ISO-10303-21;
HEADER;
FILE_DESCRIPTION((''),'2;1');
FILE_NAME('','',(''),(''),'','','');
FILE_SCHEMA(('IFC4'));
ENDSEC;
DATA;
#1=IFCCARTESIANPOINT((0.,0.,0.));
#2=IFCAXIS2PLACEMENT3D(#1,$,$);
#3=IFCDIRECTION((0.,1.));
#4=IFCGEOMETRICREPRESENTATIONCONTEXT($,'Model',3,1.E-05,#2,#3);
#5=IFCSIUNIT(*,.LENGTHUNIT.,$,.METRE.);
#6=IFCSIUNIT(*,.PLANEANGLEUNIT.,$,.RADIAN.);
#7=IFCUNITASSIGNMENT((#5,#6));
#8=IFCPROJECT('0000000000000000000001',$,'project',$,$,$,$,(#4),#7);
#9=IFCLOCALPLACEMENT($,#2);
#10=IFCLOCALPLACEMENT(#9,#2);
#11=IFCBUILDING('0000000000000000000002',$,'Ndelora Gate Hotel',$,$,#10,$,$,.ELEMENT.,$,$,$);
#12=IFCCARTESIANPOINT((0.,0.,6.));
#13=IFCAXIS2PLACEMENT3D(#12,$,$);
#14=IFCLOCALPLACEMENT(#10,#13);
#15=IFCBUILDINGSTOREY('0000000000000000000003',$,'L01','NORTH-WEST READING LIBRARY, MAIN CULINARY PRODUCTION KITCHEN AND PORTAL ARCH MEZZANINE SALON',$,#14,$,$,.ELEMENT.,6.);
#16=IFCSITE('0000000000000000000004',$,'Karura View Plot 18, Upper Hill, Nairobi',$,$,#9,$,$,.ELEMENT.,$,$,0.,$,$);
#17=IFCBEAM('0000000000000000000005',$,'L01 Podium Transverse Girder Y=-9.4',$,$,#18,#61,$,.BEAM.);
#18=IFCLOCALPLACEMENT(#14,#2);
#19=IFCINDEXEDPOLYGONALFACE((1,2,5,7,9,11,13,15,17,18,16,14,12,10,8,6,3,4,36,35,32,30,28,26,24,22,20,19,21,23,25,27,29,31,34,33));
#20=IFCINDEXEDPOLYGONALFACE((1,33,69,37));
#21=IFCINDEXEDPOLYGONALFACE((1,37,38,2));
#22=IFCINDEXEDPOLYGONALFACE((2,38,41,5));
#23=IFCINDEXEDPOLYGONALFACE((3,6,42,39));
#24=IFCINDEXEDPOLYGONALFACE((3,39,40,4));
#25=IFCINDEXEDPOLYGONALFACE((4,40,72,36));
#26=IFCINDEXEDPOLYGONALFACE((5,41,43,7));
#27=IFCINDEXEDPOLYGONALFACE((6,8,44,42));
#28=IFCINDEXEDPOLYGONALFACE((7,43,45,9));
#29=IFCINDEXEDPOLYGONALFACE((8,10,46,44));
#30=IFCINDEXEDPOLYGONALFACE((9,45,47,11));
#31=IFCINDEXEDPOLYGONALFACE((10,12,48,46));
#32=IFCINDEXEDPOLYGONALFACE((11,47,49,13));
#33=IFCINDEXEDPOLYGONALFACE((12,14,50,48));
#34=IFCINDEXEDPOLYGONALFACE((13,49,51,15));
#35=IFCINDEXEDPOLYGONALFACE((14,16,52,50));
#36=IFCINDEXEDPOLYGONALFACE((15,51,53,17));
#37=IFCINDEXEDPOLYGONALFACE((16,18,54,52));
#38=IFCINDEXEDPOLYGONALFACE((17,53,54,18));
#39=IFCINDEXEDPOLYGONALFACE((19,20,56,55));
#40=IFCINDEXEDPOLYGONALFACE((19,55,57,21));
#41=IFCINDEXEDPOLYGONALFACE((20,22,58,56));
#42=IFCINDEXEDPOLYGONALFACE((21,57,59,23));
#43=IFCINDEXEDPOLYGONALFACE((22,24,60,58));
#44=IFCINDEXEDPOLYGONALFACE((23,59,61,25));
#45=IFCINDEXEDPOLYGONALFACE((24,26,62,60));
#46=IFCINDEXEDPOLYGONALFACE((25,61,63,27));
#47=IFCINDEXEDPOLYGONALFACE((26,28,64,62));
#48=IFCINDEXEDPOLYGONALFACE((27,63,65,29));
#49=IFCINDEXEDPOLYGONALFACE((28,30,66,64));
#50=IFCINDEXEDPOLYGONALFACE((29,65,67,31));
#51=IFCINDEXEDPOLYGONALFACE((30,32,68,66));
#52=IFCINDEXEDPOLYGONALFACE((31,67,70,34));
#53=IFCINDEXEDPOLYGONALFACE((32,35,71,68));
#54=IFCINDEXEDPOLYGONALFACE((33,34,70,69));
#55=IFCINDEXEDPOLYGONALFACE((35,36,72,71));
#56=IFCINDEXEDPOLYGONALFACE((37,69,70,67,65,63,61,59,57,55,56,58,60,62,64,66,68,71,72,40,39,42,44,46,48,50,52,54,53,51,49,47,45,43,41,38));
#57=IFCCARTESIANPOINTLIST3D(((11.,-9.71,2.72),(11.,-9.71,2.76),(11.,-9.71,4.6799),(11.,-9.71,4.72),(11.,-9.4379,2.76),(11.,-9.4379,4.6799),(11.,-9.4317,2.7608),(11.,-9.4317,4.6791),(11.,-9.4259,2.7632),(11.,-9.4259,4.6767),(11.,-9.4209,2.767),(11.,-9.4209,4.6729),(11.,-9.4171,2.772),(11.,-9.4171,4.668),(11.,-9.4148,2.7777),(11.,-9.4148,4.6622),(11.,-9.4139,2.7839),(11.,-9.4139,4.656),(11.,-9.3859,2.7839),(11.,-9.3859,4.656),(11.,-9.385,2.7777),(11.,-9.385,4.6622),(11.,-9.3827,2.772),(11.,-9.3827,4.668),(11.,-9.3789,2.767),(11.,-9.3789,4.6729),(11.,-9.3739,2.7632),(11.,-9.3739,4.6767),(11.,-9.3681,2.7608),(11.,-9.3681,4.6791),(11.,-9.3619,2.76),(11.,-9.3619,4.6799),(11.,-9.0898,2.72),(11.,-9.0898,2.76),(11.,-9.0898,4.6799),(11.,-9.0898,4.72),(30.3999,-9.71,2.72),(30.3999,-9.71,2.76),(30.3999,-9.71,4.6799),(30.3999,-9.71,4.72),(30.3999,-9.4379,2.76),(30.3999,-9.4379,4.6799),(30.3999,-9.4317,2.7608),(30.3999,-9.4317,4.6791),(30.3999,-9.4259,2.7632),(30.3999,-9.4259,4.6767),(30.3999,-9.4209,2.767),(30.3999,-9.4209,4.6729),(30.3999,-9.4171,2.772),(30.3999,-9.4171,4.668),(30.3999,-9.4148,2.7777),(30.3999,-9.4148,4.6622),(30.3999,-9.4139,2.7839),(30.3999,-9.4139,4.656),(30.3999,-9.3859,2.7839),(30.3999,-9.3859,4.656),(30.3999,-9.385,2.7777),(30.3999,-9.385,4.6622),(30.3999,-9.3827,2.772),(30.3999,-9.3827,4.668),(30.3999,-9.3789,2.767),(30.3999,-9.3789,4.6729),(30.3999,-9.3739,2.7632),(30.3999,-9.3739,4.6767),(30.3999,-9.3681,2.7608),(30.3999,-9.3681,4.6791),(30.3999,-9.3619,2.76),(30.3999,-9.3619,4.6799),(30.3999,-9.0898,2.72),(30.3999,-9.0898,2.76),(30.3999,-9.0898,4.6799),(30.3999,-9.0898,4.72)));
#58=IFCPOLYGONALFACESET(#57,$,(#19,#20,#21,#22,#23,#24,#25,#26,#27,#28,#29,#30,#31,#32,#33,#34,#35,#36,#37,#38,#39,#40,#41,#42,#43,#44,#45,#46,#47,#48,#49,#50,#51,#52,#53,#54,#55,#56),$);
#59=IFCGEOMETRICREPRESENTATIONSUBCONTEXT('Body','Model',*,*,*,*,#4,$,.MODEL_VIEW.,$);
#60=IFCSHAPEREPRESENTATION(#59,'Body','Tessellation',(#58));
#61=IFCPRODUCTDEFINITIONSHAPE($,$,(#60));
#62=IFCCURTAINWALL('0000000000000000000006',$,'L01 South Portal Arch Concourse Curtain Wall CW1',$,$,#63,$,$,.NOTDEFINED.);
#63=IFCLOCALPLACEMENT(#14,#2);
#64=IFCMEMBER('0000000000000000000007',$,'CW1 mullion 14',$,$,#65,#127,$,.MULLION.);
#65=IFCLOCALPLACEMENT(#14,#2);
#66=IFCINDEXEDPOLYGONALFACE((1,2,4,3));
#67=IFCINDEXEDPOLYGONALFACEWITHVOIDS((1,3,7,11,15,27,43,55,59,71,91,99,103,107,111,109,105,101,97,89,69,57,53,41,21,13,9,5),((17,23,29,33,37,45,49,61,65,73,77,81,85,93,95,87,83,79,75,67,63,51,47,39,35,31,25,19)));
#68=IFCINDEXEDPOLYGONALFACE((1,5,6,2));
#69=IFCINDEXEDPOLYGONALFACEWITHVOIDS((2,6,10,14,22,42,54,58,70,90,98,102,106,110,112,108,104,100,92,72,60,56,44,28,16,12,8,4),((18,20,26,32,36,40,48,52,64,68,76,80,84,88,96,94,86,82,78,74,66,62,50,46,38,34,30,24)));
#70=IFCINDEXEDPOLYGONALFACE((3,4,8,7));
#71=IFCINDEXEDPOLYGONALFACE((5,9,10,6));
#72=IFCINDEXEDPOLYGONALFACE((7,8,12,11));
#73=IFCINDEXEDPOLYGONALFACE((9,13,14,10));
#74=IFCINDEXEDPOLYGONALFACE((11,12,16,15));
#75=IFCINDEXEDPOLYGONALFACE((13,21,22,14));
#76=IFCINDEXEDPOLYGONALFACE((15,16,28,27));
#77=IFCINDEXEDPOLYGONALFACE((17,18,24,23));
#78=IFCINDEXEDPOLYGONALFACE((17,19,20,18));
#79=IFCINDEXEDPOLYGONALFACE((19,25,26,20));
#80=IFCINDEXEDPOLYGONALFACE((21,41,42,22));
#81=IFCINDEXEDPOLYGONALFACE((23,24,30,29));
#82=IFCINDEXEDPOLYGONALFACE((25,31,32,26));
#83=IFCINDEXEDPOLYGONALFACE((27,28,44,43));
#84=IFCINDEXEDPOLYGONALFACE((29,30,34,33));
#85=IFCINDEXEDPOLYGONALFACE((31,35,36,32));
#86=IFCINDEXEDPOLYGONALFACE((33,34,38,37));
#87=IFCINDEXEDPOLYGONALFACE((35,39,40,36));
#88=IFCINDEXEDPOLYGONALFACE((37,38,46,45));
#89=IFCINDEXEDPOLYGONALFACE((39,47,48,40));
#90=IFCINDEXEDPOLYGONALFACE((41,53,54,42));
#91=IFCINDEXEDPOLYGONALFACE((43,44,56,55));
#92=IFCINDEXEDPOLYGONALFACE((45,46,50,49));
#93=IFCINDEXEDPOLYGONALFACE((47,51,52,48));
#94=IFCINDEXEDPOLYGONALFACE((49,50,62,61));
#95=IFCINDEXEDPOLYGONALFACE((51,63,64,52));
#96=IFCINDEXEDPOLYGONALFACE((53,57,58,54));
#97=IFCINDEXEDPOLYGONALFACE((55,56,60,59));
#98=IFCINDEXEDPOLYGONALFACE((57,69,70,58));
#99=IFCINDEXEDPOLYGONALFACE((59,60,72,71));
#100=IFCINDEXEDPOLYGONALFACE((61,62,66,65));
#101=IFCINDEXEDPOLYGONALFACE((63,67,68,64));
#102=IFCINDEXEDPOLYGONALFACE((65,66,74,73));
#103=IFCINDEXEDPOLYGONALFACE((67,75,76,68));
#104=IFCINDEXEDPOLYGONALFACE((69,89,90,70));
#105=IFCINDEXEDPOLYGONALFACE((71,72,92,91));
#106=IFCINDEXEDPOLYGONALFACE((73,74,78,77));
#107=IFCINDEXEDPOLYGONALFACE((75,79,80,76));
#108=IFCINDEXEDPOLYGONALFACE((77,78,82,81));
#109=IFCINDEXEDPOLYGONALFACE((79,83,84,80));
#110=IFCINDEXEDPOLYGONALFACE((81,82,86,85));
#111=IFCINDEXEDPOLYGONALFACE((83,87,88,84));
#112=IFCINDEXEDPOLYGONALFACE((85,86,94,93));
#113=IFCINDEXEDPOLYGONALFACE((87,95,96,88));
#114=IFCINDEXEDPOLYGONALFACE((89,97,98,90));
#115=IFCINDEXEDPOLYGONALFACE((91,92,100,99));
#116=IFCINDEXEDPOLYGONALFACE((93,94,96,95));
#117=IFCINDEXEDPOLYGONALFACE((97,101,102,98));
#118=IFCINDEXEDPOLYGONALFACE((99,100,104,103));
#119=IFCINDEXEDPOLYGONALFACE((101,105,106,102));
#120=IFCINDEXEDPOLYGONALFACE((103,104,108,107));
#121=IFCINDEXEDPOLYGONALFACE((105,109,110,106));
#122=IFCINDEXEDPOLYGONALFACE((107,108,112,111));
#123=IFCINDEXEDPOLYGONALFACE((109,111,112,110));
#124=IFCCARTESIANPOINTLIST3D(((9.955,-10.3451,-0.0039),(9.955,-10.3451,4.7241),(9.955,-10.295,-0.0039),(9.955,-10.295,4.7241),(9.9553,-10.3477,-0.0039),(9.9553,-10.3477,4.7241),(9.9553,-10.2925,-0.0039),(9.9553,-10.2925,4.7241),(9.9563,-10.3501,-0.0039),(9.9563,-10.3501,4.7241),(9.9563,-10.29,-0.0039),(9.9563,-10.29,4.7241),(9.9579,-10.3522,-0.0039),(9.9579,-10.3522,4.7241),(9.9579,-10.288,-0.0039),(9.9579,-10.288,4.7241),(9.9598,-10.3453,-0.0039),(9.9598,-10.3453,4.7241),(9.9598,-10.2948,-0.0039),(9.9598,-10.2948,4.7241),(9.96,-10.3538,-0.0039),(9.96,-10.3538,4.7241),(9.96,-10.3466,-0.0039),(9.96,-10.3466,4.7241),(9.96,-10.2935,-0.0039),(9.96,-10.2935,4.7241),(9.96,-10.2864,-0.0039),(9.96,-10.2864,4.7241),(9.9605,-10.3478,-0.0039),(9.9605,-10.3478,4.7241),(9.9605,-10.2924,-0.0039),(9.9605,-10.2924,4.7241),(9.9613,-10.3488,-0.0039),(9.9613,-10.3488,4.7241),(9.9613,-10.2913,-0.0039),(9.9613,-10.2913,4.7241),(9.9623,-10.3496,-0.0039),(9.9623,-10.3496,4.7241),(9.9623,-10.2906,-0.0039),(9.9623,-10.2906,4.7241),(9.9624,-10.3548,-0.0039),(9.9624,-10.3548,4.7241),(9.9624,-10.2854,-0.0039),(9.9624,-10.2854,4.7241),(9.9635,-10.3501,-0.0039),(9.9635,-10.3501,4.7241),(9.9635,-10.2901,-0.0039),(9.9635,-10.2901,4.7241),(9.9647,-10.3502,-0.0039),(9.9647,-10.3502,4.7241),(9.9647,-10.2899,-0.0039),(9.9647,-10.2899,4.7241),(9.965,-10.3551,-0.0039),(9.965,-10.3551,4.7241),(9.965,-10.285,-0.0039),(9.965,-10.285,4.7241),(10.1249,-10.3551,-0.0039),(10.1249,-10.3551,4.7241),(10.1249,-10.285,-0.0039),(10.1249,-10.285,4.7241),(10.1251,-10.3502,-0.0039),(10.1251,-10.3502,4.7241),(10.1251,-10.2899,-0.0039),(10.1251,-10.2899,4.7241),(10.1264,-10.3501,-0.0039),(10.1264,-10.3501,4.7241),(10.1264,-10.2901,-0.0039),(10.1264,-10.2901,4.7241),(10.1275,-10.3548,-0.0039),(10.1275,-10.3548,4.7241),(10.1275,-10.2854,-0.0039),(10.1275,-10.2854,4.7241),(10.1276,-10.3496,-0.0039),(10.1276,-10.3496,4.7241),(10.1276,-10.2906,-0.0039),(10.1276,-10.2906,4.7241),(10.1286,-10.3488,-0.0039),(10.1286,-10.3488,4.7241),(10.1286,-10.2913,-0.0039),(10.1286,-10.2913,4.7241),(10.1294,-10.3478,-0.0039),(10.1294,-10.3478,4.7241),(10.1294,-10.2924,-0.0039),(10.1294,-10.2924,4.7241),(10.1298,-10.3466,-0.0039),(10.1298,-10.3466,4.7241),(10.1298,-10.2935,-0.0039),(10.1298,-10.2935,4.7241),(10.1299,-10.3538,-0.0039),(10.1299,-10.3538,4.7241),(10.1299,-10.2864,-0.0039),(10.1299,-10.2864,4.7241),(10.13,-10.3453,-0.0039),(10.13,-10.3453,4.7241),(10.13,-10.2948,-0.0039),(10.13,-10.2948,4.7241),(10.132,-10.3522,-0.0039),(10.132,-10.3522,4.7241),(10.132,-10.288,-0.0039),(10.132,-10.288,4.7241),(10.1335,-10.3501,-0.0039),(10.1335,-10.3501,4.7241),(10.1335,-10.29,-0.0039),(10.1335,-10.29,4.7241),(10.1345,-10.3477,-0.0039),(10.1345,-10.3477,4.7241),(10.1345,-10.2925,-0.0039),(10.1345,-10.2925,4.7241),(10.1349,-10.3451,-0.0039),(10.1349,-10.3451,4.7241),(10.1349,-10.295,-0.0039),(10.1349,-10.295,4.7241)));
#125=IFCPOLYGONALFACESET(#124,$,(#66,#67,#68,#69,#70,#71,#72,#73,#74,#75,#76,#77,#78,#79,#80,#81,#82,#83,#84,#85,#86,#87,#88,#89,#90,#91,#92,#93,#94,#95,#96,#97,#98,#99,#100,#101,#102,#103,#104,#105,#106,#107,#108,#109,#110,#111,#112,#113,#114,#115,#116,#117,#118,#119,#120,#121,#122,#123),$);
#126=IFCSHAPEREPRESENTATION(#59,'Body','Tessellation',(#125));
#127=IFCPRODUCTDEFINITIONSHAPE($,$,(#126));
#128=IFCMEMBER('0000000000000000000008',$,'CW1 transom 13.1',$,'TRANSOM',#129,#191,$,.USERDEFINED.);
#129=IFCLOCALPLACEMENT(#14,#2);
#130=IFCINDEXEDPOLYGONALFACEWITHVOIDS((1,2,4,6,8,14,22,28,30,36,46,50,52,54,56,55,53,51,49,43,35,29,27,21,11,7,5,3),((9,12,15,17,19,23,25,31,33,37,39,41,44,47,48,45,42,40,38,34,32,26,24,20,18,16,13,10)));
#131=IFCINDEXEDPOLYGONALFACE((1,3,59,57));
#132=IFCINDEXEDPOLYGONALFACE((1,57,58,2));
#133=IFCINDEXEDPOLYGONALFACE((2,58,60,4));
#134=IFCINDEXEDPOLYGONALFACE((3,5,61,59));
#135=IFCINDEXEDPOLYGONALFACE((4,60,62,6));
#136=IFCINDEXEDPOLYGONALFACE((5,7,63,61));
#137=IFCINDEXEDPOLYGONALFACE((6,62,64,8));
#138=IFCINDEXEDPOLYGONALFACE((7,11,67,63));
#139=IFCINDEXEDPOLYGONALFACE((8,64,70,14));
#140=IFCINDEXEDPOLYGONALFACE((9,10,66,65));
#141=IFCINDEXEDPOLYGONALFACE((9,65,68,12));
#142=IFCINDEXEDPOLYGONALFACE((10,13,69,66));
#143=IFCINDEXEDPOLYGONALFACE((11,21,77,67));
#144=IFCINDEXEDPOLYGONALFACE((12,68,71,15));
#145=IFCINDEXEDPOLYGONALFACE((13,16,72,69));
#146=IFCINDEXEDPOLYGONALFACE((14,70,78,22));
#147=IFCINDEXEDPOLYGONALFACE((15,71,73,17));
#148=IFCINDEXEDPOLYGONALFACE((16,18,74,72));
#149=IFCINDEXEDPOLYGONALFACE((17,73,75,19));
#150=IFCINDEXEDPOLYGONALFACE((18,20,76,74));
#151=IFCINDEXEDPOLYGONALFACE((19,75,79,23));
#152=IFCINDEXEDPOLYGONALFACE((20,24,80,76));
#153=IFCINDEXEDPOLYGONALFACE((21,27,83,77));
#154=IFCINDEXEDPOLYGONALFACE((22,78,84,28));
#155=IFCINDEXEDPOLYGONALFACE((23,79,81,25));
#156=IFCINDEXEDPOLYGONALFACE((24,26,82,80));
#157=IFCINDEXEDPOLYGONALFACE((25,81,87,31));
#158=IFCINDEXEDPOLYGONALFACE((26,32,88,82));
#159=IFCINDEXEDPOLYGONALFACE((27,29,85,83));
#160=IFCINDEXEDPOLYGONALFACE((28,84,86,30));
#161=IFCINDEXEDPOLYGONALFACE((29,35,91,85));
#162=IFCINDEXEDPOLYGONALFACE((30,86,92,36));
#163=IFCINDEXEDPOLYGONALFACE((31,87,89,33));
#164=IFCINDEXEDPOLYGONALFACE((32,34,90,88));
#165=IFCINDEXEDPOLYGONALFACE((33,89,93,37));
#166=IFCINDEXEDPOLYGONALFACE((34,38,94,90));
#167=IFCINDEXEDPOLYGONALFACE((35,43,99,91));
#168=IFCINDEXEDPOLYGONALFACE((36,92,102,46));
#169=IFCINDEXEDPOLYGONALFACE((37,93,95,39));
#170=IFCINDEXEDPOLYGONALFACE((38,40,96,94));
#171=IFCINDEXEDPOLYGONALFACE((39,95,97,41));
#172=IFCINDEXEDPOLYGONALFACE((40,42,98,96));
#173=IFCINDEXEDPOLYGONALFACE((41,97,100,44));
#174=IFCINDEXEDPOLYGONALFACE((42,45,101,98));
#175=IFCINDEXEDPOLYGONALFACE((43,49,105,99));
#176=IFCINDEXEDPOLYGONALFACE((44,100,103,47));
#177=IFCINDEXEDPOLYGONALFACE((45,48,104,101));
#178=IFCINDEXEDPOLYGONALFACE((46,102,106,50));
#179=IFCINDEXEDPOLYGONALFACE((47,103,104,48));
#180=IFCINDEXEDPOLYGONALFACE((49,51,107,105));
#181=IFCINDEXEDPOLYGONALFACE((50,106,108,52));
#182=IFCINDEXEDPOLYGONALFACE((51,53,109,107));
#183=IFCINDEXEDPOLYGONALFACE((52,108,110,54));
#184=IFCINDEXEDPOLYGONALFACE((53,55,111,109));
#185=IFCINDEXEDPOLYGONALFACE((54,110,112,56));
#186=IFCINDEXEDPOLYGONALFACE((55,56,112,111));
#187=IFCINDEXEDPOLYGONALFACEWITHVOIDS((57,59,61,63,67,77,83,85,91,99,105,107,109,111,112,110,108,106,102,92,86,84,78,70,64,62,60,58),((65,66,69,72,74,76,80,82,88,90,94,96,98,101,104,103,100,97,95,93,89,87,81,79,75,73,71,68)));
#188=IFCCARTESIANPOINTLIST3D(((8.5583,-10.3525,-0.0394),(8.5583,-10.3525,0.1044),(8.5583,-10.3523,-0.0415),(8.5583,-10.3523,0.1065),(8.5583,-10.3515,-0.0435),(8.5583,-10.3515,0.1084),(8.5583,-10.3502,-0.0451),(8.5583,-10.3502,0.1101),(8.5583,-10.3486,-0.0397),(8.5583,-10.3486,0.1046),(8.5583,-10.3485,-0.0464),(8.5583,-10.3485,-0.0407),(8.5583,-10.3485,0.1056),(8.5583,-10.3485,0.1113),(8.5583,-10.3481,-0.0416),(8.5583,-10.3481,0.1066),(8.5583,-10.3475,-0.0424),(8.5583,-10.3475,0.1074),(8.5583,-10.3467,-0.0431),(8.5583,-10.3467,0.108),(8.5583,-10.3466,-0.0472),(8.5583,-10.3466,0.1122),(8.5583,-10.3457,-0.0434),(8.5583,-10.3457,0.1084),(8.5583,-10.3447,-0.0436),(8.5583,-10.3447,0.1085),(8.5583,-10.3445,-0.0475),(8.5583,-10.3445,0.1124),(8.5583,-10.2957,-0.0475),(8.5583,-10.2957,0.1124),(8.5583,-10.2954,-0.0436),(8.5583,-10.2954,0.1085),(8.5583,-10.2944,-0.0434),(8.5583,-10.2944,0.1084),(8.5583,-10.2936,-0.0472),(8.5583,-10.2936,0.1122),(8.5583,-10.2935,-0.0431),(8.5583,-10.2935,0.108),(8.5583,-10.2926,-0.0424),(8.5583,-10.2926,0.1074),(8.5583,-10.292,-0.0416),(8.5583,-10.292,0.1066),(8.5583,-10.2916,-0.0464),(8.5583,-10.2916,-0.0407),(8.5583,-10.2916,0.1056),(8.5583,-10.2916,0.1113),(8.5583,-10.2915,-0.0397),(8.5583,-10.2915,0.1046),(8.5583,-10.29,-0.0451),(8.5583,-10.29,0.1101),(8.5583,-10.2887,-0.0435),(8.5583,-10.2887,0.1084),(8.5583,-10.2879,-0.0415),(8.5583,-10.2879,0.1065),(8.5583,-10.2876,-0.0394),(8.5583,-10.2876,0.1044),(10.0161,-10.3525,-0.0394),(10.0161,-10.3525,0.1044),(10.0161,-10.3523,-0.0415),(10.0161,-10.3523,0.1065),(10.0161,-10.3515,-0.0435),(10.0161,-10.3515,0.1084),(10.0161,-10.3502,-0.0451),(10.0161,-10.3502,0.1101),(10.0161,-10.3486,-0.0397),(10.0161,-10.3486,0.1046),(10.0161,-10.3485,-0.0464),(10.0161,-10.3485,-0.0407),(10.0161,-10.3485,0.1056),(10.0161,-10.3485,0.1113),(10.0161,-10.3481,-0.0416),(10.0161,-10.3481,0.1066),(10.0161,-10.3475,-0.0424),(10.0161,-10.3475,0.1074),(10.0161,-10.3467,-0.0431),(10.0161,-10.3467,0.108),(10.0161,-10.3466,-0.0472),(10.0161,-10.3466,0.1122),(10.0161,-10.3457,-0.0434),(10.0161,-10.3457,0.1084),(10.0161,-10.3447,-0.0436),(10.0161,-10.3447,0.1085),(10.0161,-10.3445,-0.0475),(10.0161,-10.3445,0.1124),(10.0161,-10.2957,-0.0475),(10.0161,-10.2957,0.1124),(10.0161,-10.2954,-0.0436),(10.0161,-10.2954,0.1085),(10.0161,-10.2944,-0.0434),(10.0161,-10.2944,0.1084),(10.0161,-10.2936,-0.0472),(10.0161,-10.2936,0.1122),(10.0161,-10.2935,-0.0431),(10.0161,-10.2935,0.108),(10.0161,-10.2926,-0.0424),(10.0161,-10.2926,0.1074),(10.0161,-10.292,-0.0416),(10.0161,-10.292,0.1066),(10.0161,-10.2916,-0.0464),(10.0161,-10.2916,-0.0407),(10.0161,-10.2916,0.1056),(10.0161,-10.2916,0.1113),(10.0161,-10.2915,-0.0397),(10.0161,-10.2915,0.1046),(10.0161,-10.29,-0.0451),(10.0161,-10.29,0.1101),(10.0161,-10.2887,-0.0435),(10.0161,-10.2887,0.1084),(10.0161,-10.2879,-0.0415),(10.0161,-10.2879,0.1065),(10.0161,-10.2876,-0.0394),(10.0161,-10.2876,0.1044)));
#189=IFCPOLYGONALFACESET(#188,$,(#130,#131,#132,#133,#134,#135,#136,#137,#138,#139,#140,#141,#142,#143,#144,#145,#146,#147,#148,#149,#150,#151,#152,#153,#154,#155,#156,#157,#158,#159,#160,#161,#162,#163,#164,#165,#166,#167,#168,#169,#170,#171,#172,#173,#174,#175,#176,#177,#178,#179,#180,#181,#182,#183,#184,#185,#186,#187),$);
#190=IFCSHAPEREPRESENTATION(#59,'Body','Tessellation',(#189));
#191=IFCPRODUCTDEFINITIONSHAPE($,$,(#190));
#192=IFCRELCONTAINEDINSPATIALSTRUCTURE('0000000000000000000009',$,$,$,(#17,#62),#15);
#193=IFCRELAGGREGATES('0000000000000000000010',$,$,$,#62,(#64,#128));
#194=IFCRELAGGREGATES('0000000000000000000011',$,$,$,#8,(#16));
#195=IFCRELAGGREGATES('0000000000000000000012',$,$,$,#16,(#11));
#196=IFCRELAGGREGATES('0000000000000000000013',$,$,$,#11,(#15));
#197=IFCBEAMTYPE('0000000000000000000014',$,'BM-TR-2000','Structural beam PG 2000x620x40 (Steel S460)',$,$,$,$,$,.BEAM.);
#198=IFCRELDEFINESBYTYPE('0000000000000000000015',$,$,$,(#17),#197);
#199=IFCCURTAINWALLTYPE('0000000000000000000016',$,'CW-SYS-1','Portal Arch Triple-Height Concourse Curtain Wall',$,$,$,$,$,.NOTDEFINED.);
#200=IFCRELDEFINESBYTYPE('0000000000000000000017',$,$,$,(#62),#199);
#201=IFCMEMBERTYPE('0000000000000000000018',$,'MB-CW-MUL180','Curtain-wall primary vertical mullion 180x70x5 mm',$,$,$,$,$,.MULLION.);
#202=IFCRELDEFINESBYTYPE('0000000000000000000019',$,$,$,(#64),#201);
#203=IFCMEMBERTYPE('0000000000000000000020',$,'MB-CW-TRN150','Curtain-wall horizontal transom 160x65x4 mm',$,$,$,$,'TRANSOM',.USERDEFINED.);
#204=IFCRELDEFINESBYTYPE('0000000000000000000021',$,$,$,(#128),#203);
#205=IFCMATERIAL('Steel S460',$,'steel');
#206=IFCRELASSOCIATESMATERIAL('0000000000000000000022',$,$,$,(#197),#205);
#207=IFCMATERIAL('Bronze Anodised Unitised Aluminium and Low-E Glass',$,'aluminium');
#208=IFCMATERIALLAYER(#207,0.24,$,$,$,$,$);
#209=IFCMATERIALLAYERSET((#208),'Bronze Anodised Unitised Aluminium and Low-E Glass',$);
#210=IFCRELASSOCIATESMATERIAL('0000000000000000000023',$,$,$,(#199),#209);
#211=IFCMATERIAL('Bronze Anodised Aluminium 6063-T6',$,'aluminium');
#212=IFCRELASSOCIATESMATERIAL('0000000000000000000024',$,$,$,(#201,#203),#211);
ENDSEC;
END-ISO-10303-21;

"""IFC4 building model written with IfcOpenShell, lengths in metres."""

from ifc_helpers import new_model, si_unit, direction, frame, origin, origin_2d, place, context, subcontext, project, spatial, hollow_rectangle, i_section, extrude, material, layer, layer_set, material_profile, profile_set, type_object, element, aggregate, save


model = new_model("IFC4")

# Units and contexts
model_context = context("Model", 3, precision=1e-05, world=origin(), true_north=direction((0.0, 1.0)))
body_context = subcontext(model_context, "Body", "Model", "MODEL_VIEW")
ifc_project = project(units=[si_unit("LENGTHUNIT", "METRE"), si_unit("PLANEANGLEUNIT", "RADIAN")], contexts=[model_context])

# Site, building, storey
site_placement = place(None, origin())
site = spatial("IfcSite", under=ifc_project, at=site_placement, Name="Karura View Plot 18, Upper Hill, Nairobi", CompositionType="ELEMENT", RefElevation=0.0)
building_placement = place(site_placement, origin())
building = spatial("IfcBuilding", under=site, at=building_placement, Name="Ndelora Gate Hotel", CompositionType="ELEMENT")
storey_placement = place(building_placement, frame((0.0, 0.0, 6.0)))
storey = spatial("IfcBuildingStorey", under=building, at=storey_placement, Name="L01", Description="NORTH-WEST READING LIBRARY, MAIN CULINARY PRODUCTION KITCHEN AND PORTAL ARCH MEZZANINE SALON", CompositionType="ELEMENT", Elevation=6.0)

# Beam
ifc_material_1 = material(Name="Steel S460", Category="steel")
ifc_material_profile_1 = material_profile(ifc_material_1, i_section(OverallWidth=0.6201, OverallDepth=2.0, WebThickness=0.0281, FlangeThickness=0.04, FilletRadius=0.0239, at=origin_2d()), Name="PG 2000x620x40")
ifc_profile_set_1 = profile_set([ifc_material_profile_1], Name="Steel S460")
beam_type_1 = type_object("IfcBeamType", Name="BM-TR-2000", Description="Structural beam PG 2000x620x40 (Steel S460)", PredefinedType="BEAM", material=ifc_profile_set_1)
beam_1_placement = place(storey_placement, frame((11.0, -9.3999, 3.72), z_axis=(1.0, 0.0, 0.0), x_axis=(0.0, 1.0, 0.0)))
element("IfcBeam", 1, at=beam_1_placement, inside=storey, type_object=beam_type_1, Name="L01 Podium Transverse Girder Y=-9.4", PredefinedType="BEAM", context=body_context, shape_type="SweptSolid", body=[
    extrude(i_section(OverallWidth=0.6201, OverallDepth=2.0, WebThickness=0.0281, FlangeThickness=0.04, FilletRadius=0.0239, at=origin_2d()), origin(), (0.0, 0.0, 1.0), 19.3999),
])

# Curtain wall, members
ifc_material_2 = material(Name="Bronze Anodised Unitised Aluminium and Low-E Glass", Category="aluminium")
ifc_layer_1 = layer(ifc_material_2, 0.24)
ifc_layer_set_1 = layer_set([ifc_layer_1], Name="Bronze Anodised Unitised Aluminium and Low-E Glass")
curtain_wall_type = type_object("IfcCurtainWallType", Name="CW-SYS-1", Description="Portal Arch Triple-Height Concourse Curtain Wall", PredefinedType="NOTDEFINED", material=ifc_layer_set_1)
curtain_wall_placement = place(storey_placement, origin())
curtain_wall = element("IfcCurtainWall", 2, at=curtain_wall_placement, inside=storey, type_object=curtain_wall_type, Name="L01 South Portal Arch Concourse Curtain Wall CW1", PredefinedType="NOTDEFINED")
ifc_material_3 = material(Name="Bronze Anodised Aluminium 6063-T6", Category="aluminium")
ifc_material_profile_2 = material_profile(ifc_material_3, hollow_rectangle(XDim=0.0701, YDim=0.1799, WallThickness=0.0049, InnerFilletRadius=0.0049, OuterFilletRadius=0.01, at=origin_2d()), Name="ALU 180x70x5")
ifc_profile_set_2 = profile_set([ifc_material_profile_2], Name="Bronze Anodised Aluminium 6063-T6")
member_type_1 = type_object("IfcMemberType", Name="MB-CW-MUL180", Description="Curtain-wall primary vertical mullion 180x70x5 mm", PredefinedType="MULLION", material=ifc_profile_set_2)
member_1_placement = place(storey_placement, frame((10.0449, -10.3201, -0.0039), z_axis=(0.0, 0.0, 1.0), x_axis=(0.0, 1.0, 0.0)))
member_1 = element("IfcMember", 3, at=member_1_placement, type_object=member_type_1, Name="CW1 mullion 14", PredefinedType="MULLION", context=body_context, shape_type="SweptSolid", body=[
    extrude(hollow_rectangle(XDim=0.0701, YDim=0.1799, WallThickness=0.0049, InnerFilletRadius=0.0049, OuterFilletRadius=0.01, at=origin_2d()), origin(), (0.0, 0.0, 1.0), 4.728),
])
ifc_material_profile_3 = material_profile(ifc_material_3, hollow_rectangle(XDim=0.0649, YDim=0.1599, WallThickness=0.0039, InnerFilletRadius=0.0039, OuterFilletRadius=0.0081, at=origin_2d()), Name="ALU 160x65x4")
ifc_profile_set_3 = profile_set([ifc_material_profile_3], Name="Bronze Anodised Aluminium 6063-T6")
member_type_2 = type_object("IfcMemberType", Name="MB-CW-TRN150", Description="Curtain-wall horizontal transom 160x65x4 mm", ElementType="TRANSOM", PredefinedType="USERDEFINED", material=ifc_profile_set_3)
member_2_placement = place(storey_placement, frame((8.5583, -10.3201, 0.0325), z_axis=(1.0, 0.0, 0.0), x_axis=(0.0, 1.0, 0.0)))
member_2 = element("IfcMember", 4, at=member_2_placement, type_object=member_type_2, Name="CW1 transom 13.1", ObjectType="TRANSOM", PredefinedType="USERDEFINED", context=body_context, shape_type="SweptSolid", body=[
    extrude(hollow_rectangle(XDim=0.0649, YDim=0.1599, WallThickness=0.0039, InnerFilletRadius=0.0039, OuterFilletRadius=0.0081, at=origin_2d()), origin(), (0.0, 0.0, 1.0), 1.4578),
])
aggregate(curtain_wall, [member_1, member_2])

save(model, "model.ifc")
